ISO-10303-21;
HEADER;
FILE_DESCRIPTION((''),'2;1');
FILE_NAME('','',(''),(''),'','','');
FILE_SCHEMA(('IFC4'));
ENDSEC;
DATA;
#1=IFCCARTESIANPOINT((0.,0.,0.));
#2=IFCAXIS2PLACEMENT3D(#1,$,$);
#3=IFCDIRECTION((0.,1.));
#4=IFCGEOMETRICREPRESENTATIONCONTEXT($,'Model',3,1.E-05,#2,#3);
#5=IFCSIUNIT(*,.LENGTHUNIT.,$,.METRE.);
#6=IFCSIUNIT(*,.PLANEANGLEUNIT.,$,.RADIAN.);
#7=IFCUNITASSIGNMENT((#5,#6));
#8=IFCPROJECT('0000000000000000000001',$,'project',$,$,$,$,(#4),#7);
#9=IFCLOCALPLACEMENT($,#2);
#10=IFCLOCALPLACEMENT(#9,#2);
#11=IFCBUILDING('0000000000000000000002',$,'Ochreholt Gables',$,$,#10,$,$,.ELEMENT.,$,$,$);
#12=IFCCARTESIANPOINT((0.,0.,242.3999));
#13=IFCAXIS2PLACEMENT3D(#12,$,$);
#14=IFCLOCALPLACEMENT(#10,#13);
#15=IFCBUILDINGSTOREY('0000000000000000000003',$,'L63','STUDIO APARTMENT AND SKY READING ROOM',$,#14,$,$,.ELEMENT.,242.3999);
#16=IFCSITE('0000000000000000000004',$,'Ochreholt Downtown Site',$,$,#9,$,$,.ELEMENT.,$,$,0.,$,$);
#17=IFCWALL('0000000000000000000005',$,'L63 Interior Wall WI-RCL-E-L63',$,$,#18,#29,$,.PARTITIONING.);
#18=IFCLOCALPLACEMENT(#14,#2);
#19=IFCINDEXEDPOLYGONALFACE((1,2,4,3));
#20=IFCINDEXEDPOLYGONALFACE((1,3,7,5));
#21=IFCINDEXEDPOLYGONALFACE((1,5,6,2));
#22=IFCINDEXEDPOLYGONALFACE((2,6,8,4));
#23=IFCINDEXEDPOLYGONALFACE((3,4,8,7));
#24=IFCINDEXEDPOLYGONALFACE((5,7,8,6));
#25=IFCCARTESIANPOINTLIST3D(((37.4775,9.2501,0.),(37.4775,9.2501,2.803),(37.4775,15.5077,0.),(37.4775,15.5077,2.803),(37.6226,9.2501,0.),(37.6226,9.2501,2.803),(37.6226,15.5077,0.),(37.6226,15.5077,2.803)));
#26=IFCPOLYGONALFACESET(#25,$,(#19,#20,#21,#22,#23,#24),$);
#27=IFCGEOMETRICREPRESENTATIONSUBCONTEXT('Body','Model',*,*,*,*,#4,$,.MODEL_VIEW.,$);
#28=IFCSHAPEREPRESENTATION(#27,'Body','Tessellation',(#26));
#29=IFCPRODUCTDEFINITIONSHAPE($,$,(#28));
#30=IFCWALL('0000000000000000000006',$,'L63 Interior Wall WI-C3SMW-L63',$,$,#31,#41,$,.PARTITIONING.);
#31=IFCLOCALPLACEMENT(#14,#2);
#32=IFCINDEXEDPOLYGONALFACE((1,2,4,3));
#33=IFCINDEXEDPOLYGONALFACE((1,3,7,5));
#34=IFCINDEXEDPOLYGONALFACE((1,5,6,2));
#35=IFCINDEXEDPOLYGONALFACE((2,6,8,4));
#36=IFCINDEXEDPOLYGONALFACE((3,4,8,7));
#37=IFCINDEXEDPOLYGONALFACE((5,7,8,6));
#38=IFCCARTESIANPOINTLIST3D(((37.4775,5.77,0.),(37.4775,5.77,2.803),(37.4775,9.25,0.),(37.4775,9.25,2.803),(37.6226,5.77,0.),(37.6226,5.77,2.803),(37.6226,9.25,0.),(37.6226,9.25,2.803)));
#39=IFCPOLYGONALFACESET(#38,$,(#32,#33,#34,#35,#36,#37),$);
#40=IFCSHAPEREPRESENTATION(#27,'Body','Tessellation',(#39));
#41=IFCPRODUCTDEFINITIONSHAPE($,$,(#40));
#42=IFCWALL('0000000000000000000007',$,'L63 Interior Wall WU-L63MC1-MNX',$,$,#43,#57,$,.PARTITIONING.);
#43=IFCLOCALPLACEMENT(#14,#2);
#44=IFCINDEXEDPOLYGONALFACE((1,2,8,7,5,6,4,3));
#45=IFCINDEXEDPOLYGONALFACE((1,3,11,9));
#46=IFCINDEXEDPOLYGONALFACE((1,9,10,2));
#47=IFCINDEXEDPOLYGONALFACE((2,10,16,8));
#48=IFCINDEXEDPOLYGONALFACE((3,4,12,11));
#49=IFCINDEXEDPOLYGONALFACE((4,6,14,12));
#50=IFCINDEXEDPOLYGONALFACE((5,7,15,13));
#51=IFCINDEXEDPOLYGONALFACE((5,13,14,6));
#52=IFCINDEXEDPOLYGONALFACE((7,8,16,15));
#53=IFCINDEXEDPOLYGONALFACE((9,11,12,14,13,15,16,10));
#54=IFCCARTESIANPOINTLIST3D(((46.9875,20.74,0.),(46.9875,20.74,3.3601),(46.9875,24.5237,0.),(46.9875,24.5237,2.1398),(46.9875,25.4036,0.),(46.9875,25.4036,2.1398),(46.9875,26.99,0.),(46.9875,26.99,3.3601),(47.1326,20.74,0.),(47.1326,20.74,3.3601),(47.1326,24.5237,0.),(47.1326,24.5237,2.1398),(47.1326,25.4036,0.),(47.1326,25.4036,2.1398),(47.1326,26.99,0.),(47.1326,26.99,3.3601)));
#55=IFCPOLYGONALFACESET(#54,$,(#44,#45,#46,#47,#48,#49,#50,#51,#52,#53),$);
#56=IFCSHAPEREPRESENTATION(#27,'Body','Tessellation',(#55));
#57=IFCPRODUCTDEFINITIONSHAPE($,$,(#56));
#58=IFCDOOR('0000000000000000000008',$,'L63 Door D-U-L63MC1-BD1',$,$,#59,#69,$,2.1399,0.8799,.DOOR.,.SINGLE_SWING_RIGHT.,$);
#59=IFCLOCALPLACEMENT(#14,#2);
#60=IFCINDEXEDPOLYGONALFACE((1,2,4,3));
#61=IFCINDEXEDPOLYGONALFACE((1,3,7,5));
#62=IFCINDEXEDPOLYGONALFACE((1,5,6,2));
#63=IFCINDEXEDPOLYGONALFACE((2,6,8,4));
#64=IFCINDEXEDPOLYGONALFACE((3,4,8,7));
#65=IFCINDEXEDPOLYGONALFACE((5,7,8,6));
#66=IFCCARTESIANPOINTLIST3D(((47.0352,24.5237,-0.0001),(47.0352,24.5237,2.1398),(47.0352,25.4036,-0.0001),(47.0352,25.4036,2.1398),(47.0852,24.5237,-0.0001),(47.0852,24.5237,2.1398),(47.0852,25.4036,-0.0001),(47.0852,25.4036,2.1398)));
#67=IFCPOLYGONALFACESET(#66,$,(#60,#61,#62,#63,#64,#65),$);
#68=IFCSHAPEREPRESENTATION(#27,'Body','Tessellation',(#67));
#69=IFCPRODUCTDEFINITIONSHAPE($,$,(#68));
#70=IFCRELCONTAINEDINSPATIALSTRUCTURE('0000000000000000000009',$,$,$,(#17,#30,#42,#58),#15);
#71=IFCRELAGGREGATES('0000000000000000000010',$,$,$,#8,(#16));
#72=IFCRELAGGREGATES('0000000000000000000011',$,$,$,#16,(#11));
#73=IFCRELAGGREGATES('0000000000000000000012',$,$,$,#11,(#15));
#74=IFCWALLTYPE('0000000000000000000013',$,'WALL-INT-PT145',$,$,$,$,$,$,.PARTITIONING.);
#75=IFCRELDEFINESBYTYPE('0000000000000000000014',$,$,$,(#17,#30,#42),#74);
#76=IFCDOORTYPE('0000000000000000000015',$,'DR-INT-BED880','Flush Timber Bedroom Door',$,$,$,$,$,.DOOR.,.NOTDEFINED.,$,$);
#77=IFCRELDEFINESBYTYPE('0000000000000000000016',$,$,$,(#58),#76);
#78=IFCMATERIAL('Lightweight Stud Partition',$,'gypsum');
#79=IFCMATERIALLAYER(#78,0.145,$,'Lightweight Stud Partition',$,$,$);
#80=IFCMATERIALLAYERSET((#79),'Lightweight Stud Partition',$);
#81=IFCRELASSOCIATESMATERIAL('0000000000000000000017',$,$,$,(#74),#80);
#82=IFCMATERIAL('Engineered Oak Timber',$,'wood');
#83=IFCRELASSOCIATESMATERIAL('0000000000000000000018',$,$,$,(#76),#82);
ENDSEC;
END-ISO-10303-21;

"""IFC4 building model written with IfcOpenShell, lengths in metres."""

from ifc_helpers import new_model, si_unit, direction, frame, frame_2d, origin, place, context, subcontext, project, spatial, rectangle, extrude, material, layer, layer_set, type_object, element, fill, save


model = new_model("IFC4")

# Units and contexts
model_context = context("Model", 3, precision=1e-05, world=origin(), true_north=direction((0.0, 1.0)))
body_context = subcontext(model_context, "Body", "Model", "MODEL_VIEW")
ifc_project = project(units=[si_unit("LENGTHUNIT", "METRE"), si_unit("PLANEANGLEUNIT", "RADIAN")], contexts=[model_context])

# Site, building, storey
site_placement = place(None, origin())
site = spatial("IfcSite", under=ifc_project, at=site_placement, Name="Ochreholt Downtown Site", CompositionType="ELEMENT", RefElevation=0.0)
building_placement = place(site_placement, origin())
building = spatial("IfcBuilding", under=site, at=building_placement, Name="Ochreholt Gables", CompositionType="ELEMENT")
storey_placement = place(building_placement, frame((0.0, 0.0, 242.3999)))
storey = spatial("IfcBuildingStorey", under=building, at=storey_placement, Name="L63", Description="STUDIO APARTMENT AND SKY READING ROOM", CompositionType="ELEMENT", Elevation=242.3999)

# Shared definitions
ifc_material_1 = material(Name="Engineered Oak Timber", Category="wood")

# Walls
ifc_material_2 = material(Name="Lightweight Stud Partition", Category="gypsum")
ifc_layer_1 = layer(ifc_material_2, 0.145, Name="Lightweight Stud Partition")
ifc_layer_set_1 = layer_set([ifc_layer_1], Name="Lightweight Stud Partition")
wall_type_1 = type_object("IfcWallType", Name="WALL-INT-PT145", PredefinedType="PARTITIONING", material=ifc_layer_set_1)
wall_1_placement = place(storey_placement, frame((37.55, 9.25, 0.0), z_axis=(0.0, 0.0, 1.0), x_axis=(0.0, 1.0, 0.0)))
element("IfcWall", 1, at=wall_1_placement, inside=storey, type_object=wall_type_1, Name="L63 Interior Wall WI-RCL-E-L63", PredefinedType="PARTITIONING", context=body_context, shape_type="SweptSolid", body=[
    extrude(rectangle(XDim=6.2576, YDim=0.145, at=frame_2d((3.1289, 0.0))), origin(), (0.0, 0.0, 1.0), 2.803),
])
wall_2_placement = place(storey_placement, frame((37.55, 5.77, 0.0), z_axis=(0.0, 0.0, 1.0), x_axis=(0.0, 1.0, 0.0)))
element("IfcWall", 2, at=wall_2_placement, inside=storey, type_object=wall_type_1, Name="L63 Interior Wall WI-C3SMW-L63", PredefinedType="PARTITIONING", context=body_context, shape_type="SweptSolid", body=[
    extrude(rectangle(XDim=3.48, YDim=0.145, at=frame_2d((1.74, 0.0))), origin(), (0.0, 0.0, 1.0), 2.803),
])

# Wall, opening, door
wall_3_placement = place(storey_placement, frame((47.0601, 20.74, 0.0), z_axis=(0.0, 0.0, 1.0), x_axis=(0.0, 1.0, 0.0)))
wall_3 = element("IfcWall", 3, at=wall_3_placement, inside=storey, type_object=wall_type_1, Name="L63 Interior Wall WU-L63MC1-MNX", PredefinedType="PARTITIONING", context=body_context, shape_type="SweptSolid", body=[
    extrude(rectangle(XDim=6.25, YDim=0.145, at=frame_2d((3.125, 0.0))), origin(), (0.0, 0.0, 1.0), 3.3601),
])
opening_1_placement = place(wall_3_placement, frame((3.7837, 0.0, 0.0)))
opening_1 = element("IfcOpeningElement", 4, at=opening_1_placement, cuts=wall_3, PredefinedType="OPENING", context=body_context, shape_type="SweptSolid", body=[
    extrude(rectangle(XDim=0.8799, YDim=2.1399, at=frame_2d((0.4399, 1.0698))), frame((0.0, 0.0825, 0.0), z_axis=(0.0, -1.0, 0.0), x_axis=(1.0, 0.0, 0.0)), (0.0, 0.0, 1.0), 0.165),
])
door_type_1 = type_object("IfcDoorType", Name="DR-INT-BED880", Description="Flush Timber Bedroom Door", OperationType="NOTDEFINED", PredefinedType="DOOR", material=ifc_material_1)
door_1_placement = place(opening_1_placement, origin())
door_1 = element("IfcDoor", 5, at=door_1_placement, inside=storey, type_object=door_type_1, Name="L63 Door D-U-L63MC1-BD1", OperationType="SINGLE_SWING_RIGHT", OverallHeight=2.1399, OverallWidth=0.8799, PredefinedType="DOOR", context=body_context, shape_type="SweptSolid", body=[
    extrude(rectangle(XDim=0.8799, YDim=2.1399, at=frame_2d((0.4399, 1.0698))), frame((0.0, 0.0249, 0.0), z_axis=(0.0, -1.0, 0.0), x_axis=(1.0, 0.0, 0.0)), (0.0, 0.0, 1.0), 0.05),
])
fill(opening_1, door_1)

save(model, "model.ifc")
